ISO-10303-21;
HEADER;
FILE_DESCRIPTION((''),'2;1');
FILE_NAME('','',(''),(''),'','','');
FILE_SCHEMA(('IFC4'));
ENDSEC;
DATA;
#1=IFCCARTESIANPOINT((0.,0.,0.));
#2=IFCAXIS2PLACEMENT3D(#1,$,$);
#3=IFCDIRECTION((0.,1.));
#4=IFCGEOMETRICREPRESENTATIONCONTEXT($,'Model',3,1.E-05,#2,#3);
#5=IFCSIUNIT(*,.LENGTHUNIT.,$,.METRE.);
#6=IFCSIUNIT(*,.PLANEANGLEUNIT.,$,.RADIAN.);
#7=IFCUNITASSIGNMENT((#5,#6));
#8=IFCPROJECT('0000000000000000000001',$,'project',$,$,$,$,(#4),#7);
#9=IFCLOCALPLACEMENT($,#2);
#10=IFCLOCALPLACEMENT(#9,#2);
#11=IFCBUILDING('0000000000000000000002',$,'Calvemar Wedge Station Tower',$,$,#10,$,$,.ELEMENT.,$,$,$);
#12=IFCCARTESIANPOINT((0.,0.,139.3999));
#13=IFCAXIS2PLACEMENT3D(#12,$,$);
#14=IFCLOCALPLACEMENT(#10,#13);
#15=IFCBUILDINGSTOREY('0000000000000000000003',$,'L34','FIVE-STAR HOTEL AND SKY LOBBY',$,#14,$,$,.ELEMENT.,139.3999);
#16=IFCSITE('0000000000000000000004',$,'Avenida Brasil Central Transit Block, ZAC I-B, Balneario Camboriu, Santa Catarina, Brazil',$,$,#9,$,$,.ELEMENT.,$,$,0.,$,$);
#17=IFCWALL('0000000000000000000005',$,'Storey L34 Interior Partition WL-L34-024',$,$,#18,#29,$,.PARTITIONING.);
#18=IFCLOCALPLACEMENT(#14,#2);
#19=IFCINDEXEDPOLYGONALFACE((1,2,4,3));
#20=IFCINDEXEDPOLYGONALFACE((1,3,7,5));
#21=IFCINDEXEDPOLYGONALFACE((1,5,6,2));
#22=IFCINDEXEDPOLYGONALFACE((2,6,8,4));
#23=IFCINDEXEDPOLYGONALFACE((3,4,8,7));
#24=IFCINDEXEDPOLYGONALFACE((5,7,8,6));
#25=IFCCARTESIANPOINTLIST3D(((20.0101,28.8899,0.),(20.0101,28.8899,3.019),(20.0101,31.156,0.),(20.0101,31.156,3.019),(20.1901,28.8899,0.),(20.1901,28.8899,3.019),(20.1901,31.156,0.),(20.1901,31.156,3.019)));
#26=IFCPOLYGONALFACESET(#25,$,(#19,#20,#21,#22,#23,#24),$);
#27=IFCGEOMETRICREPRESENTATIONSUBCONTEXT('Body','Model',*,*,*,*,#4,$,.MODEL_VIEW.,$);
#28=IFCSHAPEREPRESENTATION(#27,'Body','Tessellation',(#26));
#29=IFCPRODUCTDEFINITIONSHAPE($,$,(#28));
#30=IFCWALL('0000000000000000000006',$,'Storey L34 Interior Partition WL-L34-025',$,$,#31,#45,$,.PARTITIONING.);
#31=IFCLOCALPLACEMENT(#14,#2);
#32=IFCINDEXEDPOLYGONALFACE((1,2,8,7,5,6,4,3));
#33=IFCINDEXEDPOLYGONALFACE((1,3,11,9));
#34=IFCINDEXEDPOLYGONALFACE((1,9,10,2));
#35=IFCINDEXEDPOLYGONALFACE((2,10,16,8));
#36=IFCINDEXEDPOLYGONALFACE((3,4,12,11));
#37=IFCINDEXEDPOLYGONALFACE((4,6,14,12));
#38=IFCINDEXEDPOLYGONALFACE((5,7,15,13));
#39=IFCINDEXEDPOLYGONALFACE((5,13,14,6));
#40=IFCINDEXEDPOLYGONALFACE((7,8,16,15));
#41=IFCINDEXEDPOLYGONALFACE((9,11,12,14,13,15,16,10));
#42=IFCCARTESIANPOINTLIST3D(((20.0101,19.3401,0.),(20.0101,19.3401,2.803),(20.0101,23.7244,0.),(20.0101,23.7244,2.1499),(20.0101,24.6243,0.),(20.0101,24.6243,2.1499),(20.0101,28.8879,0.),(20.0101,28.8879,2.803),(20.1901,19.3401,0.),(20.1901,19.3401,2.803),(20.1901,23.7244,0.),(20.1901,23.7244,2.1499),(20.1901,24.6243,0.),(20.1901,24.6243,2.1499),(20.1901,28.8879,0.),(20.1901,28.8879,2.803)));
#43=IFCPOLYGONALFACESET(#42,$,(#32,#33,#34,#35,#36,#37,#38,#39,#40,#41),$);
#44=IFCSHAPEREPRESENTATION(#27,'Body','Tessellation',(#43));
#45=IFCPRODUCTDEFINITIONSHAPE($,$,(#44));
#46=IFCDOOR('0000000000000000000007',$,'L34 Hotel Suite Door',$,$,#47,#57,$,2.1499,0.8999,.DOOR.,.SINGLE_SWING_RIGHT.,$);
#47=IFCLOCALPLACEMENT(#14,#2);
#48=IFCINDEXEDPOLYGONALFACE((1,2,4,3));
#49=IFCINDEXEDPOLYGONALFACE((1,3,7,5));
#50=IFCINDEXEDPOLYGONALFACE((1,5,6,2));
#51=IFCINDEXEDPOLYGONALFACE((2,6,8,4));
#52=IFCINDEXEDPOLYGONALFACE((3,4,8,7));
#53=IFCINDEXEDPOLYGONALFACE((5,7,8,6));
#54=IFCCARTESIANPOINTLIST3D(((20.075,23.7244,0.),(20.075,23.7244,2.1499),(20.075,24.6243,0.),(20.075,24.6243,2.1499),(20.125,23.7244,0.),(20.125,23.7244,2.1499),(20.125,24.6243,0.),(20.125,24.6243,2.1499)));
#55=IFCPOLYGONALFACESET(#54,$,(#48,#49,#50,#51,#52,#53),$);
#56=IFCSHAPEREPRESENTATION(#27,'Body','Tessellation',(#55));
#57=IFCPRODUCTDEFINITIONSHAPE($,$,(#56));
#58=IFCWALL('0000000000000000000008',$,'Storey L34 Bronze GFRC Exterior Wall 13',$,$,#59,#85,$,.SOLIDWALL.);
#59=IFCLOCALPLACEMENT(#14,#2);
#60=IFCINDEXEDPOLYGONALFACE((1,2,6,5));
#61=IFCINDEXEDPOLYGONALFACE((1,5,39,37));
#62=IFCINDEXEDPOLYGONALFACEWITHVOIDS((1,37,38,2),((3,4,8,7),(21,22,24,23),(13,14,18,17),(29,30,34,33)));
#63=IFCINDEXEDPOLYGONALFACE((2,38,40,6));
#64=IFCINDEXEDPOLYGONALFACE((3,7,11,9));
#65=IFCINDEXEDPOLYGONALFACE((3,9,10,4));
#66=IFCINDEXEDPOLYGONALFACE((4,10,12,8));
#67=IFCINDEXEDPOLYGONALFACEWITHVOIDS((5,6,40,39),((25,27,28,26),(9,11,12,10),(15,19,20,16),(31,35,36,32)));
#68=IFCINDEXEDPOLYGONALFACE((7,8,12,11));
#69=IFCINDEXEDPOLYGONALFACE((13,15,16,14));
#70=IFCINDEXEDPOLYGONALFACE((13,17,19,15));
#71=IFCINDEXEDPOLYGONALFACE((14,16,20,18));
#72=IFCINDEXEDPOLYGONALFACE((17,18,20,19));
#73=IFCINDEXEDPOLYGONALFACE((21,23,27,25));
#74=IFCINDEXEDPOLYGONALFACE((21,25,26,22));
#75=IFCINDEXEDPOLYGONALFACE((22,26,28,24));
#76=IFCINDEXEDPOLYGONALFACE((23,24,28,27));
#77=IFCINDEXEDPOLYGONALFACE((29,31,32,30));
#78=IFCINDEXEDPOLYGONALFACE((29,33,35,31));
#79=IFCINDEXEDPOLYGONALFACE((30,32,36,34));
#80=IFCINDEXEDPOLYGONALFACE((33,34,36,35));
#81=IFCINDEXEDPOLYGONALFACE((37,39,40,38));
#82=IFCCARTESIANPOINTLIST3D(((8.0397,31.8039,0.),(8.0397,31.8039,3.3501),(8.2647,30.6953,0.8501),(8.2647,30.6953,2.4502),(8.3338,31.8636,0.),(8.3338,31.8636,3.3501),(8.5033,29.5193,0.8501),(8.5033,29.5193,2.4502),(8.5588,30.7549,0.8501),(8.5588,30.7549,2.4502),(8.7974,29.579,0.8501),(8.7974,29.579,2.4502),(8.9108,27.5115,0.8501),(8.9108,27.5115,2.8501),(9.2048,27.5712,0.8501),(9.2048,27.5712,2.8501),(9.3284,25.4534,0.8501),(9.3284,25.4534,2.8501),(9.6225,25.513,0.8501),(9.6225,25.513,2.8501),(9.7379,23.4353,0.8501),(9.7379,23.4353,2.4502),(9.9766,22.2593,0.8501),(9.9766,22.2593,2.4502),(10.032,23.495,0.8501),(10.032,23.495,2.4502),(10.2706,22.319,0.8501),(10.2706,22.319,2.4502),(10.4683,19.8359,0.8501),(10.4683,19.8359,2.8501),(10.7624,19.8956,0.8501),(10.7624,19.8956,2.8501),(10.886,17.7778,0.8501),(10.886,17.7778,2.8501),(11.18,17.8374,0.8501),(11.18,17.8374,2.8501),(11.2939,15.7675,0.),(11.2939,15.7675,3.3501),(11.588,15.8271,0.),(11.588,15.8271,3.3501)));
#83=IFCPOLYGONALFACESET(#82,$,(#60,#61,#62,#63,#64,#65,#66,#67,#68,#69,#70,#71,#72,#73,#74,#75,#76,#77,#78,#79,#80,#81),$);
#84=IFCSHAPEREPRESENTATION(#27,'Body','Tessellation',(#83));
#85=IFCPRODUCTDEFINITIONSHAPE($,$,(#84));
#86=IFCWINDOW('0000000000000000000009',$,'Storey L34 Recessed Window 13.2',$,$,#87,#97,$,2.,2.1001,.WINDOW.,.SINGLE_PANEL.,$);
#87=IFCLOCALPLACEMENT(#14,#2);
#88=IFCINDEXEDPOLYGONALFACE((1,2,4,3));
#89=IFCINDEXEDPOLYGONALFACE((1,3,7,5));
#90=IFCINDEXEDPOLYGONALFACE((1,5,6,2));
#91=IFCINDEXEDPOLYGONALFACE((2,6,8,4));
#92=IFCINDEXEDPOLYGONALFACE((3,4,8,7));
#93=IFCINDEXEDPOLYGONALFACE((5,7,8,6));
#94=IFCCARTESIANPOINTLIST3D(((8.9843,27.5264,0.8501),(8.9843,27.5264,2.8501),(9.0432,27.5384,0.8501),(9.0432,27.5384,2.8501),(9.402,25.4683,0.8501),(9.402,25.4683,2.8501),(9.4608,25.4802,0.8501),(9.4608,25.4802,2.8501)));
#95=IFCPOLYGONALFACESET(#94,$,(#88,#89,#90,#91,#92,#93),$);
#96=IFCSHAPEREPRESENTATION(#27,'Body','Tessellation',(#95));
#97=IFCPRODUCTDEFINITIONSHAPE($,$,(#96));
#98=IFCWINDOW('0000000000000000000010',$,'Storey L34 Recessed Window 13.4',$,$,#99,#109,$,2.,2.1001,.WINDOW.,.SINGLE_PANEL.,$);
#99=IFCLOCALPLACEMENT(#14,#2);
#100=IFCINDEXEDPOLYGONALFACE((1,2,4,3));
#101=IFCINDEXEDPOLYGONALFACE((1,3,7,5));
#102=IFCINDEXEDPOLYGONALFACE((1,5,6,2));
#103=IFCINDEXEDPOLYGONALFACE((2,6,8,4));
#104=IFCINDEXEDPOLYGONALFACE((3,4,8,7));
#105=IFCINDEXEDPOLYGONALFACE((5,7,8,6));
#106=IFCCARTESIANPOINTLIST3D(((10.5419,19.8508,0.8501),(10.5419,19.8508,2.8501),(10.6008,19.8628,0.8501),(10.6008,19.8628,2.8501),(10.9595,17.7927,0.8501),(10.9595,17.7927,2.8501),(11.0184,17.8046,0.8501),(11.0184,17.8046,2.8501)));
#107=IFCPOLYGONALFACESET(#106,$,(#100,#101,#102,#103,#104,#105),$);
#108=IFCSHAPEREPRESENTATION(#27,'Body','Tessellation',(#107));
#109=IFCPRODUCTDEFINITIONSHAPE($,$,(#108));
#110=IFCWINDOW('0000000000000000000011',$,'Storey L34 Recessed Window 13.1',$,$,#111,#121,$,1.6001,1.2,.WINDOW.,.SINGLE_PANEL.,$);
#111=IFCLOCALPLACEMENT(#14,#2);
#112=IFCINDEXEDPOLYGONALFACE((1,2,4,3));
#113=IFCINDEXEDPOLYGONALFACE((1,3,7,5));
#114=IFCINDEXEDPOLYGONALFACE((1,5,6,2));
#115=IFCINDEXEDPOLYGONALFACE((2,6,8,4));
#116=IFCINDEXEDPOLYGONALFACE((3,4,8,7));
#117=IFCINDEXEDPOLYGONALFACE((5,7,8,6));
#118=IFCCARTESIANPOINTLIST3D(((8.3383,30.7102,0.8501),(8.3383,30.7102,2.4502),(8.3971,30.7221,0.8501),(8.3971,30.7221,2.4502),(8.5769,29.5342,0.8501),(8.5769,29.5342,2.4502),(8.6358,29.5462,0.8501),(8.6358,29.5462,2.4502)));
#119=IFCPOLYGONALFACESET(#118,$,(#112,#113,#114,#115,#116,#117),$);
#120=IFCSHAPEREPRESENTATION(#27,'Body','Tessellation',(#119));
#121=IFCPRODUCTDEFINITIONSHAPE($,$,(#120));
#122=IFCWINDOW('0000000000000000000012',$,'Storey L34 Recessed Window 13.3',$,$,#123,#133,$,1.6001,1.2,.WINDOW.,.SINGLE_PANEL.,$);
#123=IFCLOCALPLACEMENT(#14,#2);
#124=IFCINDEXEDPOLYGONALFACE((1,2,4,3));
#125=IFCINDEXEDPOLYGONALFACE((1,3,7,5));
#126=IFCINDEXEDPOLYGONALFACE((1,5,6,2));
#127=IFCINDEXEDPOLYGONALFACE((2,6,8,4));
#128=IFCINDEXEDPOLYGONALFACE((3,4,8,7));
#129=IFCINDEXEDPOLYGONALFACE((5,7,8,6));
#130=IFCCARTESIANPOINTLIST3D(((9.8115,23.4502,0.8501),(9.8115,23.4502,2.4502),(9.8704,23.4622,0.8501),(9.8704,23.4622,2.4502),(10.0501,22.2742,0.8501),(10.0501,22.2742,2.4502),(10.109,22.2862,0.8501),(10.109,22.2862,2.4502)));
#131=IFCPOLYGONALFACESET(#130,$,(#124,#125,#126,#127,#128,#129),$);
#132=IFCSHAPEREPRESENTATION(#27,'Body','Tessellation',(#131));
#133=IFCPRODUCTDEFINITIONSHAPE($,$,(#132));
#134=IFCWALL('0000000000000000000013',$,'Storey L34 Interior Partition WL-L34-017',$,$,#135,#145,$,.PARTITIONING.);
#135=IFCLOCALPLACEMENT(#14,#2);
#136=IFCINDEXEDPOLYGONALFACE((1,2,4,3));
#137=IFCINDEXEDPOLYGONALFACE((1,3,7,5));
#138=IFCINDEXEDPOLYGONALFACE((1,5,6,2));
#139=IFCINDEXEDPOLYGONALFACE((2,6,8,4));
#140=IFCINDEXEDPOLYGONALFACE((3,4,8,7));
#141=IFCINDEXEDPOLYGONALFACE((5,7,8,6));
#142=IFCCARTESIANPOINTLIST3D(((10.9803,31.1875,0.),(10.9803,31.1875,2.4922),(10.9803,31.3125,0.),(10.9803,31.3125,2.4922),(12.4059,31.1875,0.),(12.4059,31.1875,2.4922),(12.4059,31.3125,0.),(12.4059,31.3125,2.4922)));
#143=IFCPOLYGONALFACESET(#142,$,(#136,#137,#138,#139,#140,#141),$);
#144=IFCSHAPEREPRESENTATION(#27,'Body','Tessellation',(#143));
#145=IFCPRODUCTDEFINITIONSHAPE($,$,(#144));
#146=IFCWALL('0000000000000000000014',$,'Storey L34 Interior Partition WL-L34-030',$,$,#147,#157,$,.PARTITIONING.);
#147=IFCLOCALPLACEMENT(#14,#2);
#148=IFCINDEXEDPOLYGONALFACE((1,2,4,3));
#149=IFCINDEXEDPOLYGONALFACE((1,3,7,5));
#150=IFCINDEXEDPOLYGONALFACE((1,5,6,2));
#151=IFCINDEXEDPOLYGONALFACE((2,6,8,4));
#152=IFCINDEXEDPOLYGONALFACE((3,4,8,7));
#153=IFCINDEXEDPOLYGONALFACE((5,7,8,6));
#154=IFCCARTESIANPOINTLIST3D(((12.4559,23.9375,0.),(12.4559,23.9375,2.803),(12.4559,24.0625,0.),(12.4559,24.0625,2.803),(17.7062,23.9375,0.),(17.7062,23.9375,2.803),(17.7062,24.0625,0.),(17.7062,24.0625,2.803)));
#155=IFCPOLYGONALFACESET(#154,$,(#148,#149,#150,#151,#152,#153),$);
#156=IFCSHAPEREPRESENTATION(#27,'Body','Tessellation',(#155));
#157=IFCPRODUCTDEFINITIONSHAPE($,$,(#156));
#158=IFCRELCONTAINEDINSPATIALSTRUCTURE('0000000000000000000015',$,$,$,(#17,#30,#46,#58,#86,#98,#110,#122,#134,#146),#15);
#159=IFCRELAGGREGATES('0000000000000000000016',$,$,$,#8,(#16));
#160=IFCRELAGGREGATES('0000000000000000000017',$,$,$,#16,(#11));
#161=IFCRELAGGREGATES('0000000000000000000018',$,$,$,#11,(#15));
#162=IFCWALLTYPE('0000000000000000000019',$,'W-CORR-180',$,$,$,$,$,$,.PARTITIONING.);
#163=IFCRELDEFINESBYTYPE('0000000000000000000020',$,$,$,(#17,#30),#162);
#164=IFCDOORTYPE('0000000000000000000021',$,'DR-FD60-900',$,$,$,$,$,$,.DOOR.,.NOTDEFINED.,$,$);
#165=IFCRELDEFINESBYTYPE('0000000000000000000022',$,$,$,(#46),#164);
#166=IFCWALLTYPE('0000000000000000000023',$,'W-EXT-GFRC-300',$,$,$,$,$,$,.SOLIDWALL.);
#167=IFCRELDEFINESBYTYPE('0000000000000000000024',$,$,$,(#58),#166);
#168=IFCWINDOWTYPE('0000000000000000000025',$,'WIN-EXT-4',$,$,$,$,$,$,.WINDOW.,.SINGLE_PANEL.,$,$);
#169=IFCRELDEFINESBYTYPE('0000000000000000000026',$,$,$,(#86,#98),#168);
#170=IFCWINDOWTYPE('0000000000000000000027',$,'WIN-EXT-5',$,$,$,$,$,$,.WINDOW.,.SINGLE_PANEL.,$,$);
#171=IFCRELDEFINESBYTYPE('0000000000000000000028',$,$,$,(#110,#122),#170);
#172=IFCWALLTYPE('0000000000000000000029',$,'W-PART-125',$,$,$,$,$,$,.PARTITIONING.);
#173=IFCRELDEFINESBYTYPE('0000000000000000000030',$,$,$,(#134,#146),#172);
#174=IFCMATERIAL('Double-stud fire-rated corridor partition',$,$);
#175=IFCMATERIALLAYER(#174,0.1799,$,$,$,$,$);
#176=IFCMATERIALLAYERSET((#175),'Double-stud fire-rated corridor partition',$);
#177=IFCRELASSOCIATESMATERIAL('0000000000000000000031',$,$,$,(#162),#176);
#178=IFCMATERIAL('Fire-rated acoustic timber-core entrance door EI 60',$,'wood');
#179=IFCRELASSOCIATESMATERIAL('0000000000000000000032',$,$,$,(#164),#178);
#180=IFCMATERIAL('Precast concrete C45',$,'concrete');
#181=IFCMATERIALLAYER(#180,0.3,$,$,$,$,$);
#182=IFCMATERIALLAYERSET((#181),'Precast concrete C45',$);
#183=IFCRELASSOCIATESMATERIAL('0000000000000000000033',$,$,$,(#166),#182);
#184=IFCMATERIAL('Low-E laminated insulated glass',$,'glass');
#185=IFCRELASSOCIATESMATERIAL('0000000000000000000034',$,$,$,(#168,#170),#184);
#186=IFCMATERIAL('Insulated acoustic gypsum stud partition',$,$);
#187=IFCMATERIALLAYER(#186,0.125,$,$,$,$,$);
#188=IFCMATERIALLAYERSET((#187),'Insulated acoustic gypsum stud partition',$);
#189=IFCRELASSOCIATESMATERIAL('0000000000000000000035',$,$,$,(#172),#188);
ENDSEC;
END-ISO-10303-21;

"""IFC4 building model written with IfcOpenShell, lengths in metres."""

from ifc_helpers import new_model, si_unit, direction, frame, frame_2d, origin, place, context, subcontext, project, spatial, rectangle, extrude, source, transform, mapped, material, layer, layer_set, type_object, element, fill, save


model = new_model("IFC4")

# Units and contexts
model_context = context("Model", 3, precision=1e-05, world=origin(), true_north=direction((0.0, 1.0)))
body_context = subcontext(model_context, "Body", "Model", "MODEL_VIEW")
ifc_project = project(units=[si_unit("LENGTHUNIT", "METRE"), si_unit("PLANEANGLEUNIT", "RADIAN")], contexts=[model_context])

# Site, building, storey
site_placement = place(None, origin())
site = spatial("IfcSite", under=ifc_project, at=site_placement, Name="Avenida Brasil Central Transit Block, ZAC I-B, Balneario Camboriu, Santa Catarina, Brazil", CompositionType="ELEMENT", RefElevation=0.0)
building_placement = place(site_placement, origin())
building = spatial("IfcBuilding", under=site, at=building_placement, Name="Calvemar Wedge Station Tower", CompositionType="ELEMENT")
storey_placement = place(building_placement, frame((0.0, 0.0, 139.3999)))
storey = spatial("IfcBuildingStorey", under=building, at=storey_placement, Name="L34", Description="FIVE-STAR HOTEL AND SKY LOBBY", CompositionType="ELEMENT", Elevation=139.3999)

# Wall
ifc_material_1 = material(Name="Double-stud fire-rated corridor partition")
ifc_layer_1 = layer(ifc_material_1, 0.1799)
ifc_layer_set_1 = layer_set([ifc_layer_1], Name="Double-stud fire-rated corridor partition")
wall_type_1 = type_object("IfcWallType", Name="W-CORR-180", PredefinedType="PARTITIONING", material=ifc_layer_set_1)
wall_1_placement = place(storey_placement, frame((20.1001, 31.156, 0.0), z_axis=(0.0, 0.0, 1.0), x_axis=(0.0, -1.0, 0.0)))
element("IfcWall", 1, at=wall_1_placement, inside=storey, type_object=wall_type_1, Name="Storey L34 Interior Partition WL-L34-024", PredefinedType="PARTITIONING", context=body_context, shape_type="SweptSolid", body=[
    extrude(rectangle(XDim=2.2661, YDim=0.1799, at=frame_2d((1.1331, 0.0))), origin(), (0.0, 0.0, 1.0), 3.019),
])

# Wall, opening, door
wall_2_placement = place(storey_placement, frame((20.1001, 28.8879, 0.0), z_axis=(0.0, 0.0, 1.0), x_axis=(0.0, -1.0, 0.0)))
wall_2 = element("IfcWall", 2, at=wall_2_placement, inside=storey, type_object=wall_type_1, Name="Storey L34 Interior Partition WL-L34-025", PredefinedType="PARTITIONING", context=body_context, shape_type="SweptSolid", body=[
    extrude(rectangle(XDim=9.5479, YDim=0.1799, at=frame_2d((4.7739, 0.0))), origin(), (0.0, 0.0, 1.0), 2.803),
])
shared_shape_1 = source(origin(), body_context, "Body", "SweptSolid", [
    extrude(rectangle(XDim=0.8999, YDim=2.1499, at=frame_2d((0.45, 1.075))), frame((0.0, 0.1001, 0.0), z_axis=(0.0, -1.0, 0.0), x_axis=(1.0, 0.0, 0.0)), (0.0, 0.0, 1.0), 0.2),
])
opening_1_placement = place(wall_2_placement, frame((4.2637, 0.0, 0.0)))
opening_1 = element("IfcOpeningElement", 3, at=opening_1_placement, cuts=wall_2, PredefinedType="OPENING", context=body_context, shape_type="MappedRepresentation", body=[
    mapped(shared_shape_1, transform((0.0, 0.0, 0.0), scale=1.0)),
])
ifc_material_2 = material(Name="Fire-rated acoustic timber-core entrance door EI 60", Category="wood")
door_type_1 = type_object("IfcDoorType", Name="DR-FD60-900", OperationType="NOTDEFINED", PredefinedType="DOOR", material=ifc_material_2)
shared_shape_2 = source(origin(), body_context, "Body", "SweptSolid", [
    extrude(rectangle(XDim=0.8999, YDim=2.1499, at=frame_2d((0.45, 1.075))), frame((0.0, 0.0249, 0.0), z_axis=(0.0, -1.0, 0.0), x_axis=(1.0, 0.0, 0.0)), (0.0, 0.0, 1.0), 0.05),
])
door_1_placement = place(opening_1_placement, origin())
door_1 = element("IfcDoor", 4, at=door_1_placement, inside=storey, type_object=door_type_1, Name="L34 Hotel Suite Door", OperationType="SINGLE_SWING_RIGHT", OverallHeight=2.1499, OverallWidth=0.8999, PredefinedType="DOOR", context=body_context, shape_type="MappedRepresentation", body=[
    mapped(shared_shape_2, transform((0.0, 0.0, 0.0), scale=1.0)),
])
fill(opening_1, door_1)

# Wall, openings, windows
ifc_material_3 = material(Name="Precast concrete C45", Category="concrete")
ifc_layer_2 = layer(ifc_material_3, 0.3)
ifc_layer_set_2 = layer_set([ifc_layer_2], Name="Precast concrete C45")
wall_type_2 = type_object("IfcWallType", Name="W-EXT-GFRC-300", PredefinedType="SOLIDWALL", material=ifc_layer_set_2)
wall_3_placement = place(storey_placement, frame((8.1868, 31.8337, 0.0), z_axis=(0.0, 0.0, 1.0), x_axis=(0.19887, -0.980026, 0.0)))
wall_3 = element("IfcWall", 5, at=wall_3_placement, inside=storey, type_object=wall_type_2, Name="Storey L34 Bronze GFRC Exterior Wall 13", PredefinedType="SOLIDWALL", context=body_context, shape_type="SweptSolid", body=[
    extrude(rectangle(XDim=16.3633, YDim=0.3, at=frame_2d((8.1816, 0.0))), origin(), (0.0, 0.0, 1.0), 3.3501),
])
shared_shape_3 = source(origin(), body_context, "Body", "SweptSolid", [
    extrude(rectangle(XDim=1.2, YDim=1.6001, at=frame_2d((0.6001, 0.8))), frame((0.0, 0.1602, 0.0), z_axis=(0.0, -1.0, 0.0), x_axis=(1.0, 0.0, 0.0)), (0.0, 0.0, 1.0), 0.3201),
])
opening_2_placement = place(wall_3_placement, frame((1.1311, 0.0, 0.8501)))
opening_2 = element("IfcOpeningElement", 6, at=opening_2_placement, cuts=wall_3, PredefinedType="OPENING", context=body_context, shape_type="MappedRepresentation", body=[
    mapped(shared_shape_3, transform((0.0, 0.0, 0.0), scale=1.0)),
])
shared_shape_4 = source(origin(), body_context, "Body", "SweptSolid", [
    extrude(rectangle(XDim=2.1001, YDim=2.0, at=frame_2d((1.05, 1.0))), frame((0.0, 0.1602, 0.0), z_axis=(0.0, -1.0, 0.0), x_axis=(1.0, 0.0, 0.0)), (0.0, 0.0, 1.0), 0.3201),
])
opening_3_placement = place(wall_3_placement, frame((4.3799, 0.0, 0.8501)))
opening_3 = element("IfcOpeningElement", 7, at=opening_3_placement, cuts=wall_3, PredefinedType="OPENING", context=body_context, shape_type="MappedRepresentation", body=[
    mapped(shared_shape_4, transform((0.0, 0.0, 0.0), scale=1.0)),
])
opening_4_placement = place(wall_3_placement, frame((8.5391, 0.0, 0.8501)))
opening_4 = element("IfcOpeningElement", 8, at=opening_4_placement, cuts=wall_3, PredefinedType="OPENING", context=body_context, shape_type="MappedRepresentation", body=[
    mapped(shared_shape_3, transform((0.0, 0.0, 0.0), scale=1.0)),
])
opening_5_placement = place(wall_3_placement, frame((12.2119, 0.0, 0.8501)))
opening_5 = element("IfcOpeningElement", 9, at=opening_5_placement, cuts=wall_3, PredefinedType="OPENING", context=body_context, shape_type="MappedRepresentation", body=[
    mapped(shared_shape_4, transform((0.0, 0.0, 0.0), scale=1.0)),
])
ifc_material_4 = material(Name="Low-E laminated insulated glass", Category="glass")
window_type_1 = type_object("IfcWindowType", Name="WIN-EXT-4", PartitioningType="SINGLE_PANEL", PredefinedType="WINDOW", material=ifc_material_4)
shared_shape_5 = source(origin(), body_context, "Body", "SweptSolid", [
    extrude(rectangle(XDim=2.1001, YDim=2.0, at=frame_2d((1.05, 1.0))), frame((0.0, -0.0149, 0.0), z_axis=(0.0, -1.0, 0.0), x_axis=(1.0, 0.0, 0.0)), (0.0, 0.0, 1.0), 0.0601),
])
window_1_placement = place(opening_3_placement, origin())
window_1 = element("IfcWindow", 10, at=window_1_placement, inside=storey, type_object=window_type_1, Name="Storey L34 Recessed Window 13.2", OverallHeight=2.0, OverallWidth=2.1001, PartitioningType="SINGLE_PANEL", PredefinedType="WINDOW", context=body_context, shape_type="MappedRepresentation", body=[
    mapped(shared_shape_5, transform((0.0, 0.0, 0.0), scale=1.0)),
])
fill(opening_3, window_1)
window_2_placement = place(opening_5_placement, origin())
window_2 = element("IfcWindow", 11, at=window_2_placement, inside=storey, type_object=window_type_1, Name="Storey L34 Recessed Window 13.4", OverallHeight=2.0, OverallWidth=2.1001, PartitioningType="SINGLE_PANEL", PredefinedType="WINDOW", context=body_context, shape_type="MappedRepresentation", body=[
    mapped(shared_shape_5, transform((0.0, 0.0, 0.0), scale=1.0)),
])
fill(opening_5, window_2)
window_type_2 = type_object("IfcWindowType", Name="WIN-EXT-5", PartitioningType="SINGLE_PANEL", PredefinedType="WINDOW", material=ifc_material_4)
shared_shape_6 = source(origin(), body_context, "Body", "SweptSolid", [
    extrude(rectangle(XDim=1.2, YDim=1.6001, at=frame_2d((0.6001, 0.8))), frame((0.0, -0.0149, 0.0), z_axis=(0.0, -1.0, 0.0), x_axis=(1.0, 0.0, 0.0)), (0.0, 0.0, 1.0), 0.0601),
])
window_3_placement = place(opening_2_placement, origin())
window_3 = element("IfcWindow", 12, at=window_3_placement, inside=storey, type_object=window_type_2, Name="Storey L34 Recessed Window 13.1", OverallHeight=1.6001, OverallWidth=1.2, PartitioningType="SINGLE_PANEL", PredefinedType="WINDOW", context=body_context, shape_type="MappedRepresentation", body=[
    mapped(shared_shape_6, transform((0.0, 0.0, 0.0), scale=1.0)),
])
fill(opening_2, window_3)
window_4_placement = place(opening_4_placement, origin())
window_4 = element("IfcWindow", 13, at=window_4_placement, inside=storey, type_object=window_type_2, Name="Storey L34 Recessed Window 13.3", OverallHeight=1.6001, OverallWidth=1.2, PartitioningType="SINGLE_PANEL", PredefinedType="WINDOW", context=body_context, shape_type="MappedRepresentation", body=[
    mapped(shared_shape_6, transform((0.0, 0.0, 0.0), scale=1.0)),
])
fill(opening_4, window_4)

# Walls
ifc_material_5 = material(Name="Insulated acoustic gypsum stud partition")
ifc_layer_3 = layer(ifc_material_5, 0.125)
ifc_layer_set_3 = layer_set([ifc_layer_3], Name="Insulated acoustic gypsum stud partition")
wall_type_3 = type_object("IfcWallType", Name="W-PART-125", PredefinedType="PARTITIONING", material=ifc_layer_set_3)
wall_4_placement = place(storey_placement, frame((12.406, 31.25, 0.0), z_axis=(0.0, 0.0, 1.0), x_axis=(-1.0, 0.0, 0.0)))
element("IfcWall", 14, at=wall_4_placement, inside=storey, type_object=wall_type_3, Name="Storey L34 Interior Partition WL-L34-017", PredefinedType="PARTITIONING", context=body_context, shape_type="SweptSolid", body=[
    extrude(rectangle(XDim=1.4255, YDim=0.125, at=frame_2d((0.7129, 0.0))), origin(), (0.0, 0.0, 1.0), 2.4922),
])
wall_5_placement = place(storey_placement, frame((17.7061, 24.0, 0.0), z_axis=(0.0, 0.0, 1.0), x_axis=(-1.0, 0.0, 0.0)))
element("IfcWall", 15, at=wall_5_placement, inside=storey, type_object=wall_type_3, Name="Storey L34 Interior Partition WL-L34-030", PredefinedType="PARTITIONING", context=body_context, shape_type="SweptSolid", body=[
    extrude(rectangle(XDim=5.2502, YDim=0.125, at=frame_2d((2.625, 0.0))), origin(), (0.0, 0.0, 1.0), 2.803),
])

save(model, "model.ifc")
